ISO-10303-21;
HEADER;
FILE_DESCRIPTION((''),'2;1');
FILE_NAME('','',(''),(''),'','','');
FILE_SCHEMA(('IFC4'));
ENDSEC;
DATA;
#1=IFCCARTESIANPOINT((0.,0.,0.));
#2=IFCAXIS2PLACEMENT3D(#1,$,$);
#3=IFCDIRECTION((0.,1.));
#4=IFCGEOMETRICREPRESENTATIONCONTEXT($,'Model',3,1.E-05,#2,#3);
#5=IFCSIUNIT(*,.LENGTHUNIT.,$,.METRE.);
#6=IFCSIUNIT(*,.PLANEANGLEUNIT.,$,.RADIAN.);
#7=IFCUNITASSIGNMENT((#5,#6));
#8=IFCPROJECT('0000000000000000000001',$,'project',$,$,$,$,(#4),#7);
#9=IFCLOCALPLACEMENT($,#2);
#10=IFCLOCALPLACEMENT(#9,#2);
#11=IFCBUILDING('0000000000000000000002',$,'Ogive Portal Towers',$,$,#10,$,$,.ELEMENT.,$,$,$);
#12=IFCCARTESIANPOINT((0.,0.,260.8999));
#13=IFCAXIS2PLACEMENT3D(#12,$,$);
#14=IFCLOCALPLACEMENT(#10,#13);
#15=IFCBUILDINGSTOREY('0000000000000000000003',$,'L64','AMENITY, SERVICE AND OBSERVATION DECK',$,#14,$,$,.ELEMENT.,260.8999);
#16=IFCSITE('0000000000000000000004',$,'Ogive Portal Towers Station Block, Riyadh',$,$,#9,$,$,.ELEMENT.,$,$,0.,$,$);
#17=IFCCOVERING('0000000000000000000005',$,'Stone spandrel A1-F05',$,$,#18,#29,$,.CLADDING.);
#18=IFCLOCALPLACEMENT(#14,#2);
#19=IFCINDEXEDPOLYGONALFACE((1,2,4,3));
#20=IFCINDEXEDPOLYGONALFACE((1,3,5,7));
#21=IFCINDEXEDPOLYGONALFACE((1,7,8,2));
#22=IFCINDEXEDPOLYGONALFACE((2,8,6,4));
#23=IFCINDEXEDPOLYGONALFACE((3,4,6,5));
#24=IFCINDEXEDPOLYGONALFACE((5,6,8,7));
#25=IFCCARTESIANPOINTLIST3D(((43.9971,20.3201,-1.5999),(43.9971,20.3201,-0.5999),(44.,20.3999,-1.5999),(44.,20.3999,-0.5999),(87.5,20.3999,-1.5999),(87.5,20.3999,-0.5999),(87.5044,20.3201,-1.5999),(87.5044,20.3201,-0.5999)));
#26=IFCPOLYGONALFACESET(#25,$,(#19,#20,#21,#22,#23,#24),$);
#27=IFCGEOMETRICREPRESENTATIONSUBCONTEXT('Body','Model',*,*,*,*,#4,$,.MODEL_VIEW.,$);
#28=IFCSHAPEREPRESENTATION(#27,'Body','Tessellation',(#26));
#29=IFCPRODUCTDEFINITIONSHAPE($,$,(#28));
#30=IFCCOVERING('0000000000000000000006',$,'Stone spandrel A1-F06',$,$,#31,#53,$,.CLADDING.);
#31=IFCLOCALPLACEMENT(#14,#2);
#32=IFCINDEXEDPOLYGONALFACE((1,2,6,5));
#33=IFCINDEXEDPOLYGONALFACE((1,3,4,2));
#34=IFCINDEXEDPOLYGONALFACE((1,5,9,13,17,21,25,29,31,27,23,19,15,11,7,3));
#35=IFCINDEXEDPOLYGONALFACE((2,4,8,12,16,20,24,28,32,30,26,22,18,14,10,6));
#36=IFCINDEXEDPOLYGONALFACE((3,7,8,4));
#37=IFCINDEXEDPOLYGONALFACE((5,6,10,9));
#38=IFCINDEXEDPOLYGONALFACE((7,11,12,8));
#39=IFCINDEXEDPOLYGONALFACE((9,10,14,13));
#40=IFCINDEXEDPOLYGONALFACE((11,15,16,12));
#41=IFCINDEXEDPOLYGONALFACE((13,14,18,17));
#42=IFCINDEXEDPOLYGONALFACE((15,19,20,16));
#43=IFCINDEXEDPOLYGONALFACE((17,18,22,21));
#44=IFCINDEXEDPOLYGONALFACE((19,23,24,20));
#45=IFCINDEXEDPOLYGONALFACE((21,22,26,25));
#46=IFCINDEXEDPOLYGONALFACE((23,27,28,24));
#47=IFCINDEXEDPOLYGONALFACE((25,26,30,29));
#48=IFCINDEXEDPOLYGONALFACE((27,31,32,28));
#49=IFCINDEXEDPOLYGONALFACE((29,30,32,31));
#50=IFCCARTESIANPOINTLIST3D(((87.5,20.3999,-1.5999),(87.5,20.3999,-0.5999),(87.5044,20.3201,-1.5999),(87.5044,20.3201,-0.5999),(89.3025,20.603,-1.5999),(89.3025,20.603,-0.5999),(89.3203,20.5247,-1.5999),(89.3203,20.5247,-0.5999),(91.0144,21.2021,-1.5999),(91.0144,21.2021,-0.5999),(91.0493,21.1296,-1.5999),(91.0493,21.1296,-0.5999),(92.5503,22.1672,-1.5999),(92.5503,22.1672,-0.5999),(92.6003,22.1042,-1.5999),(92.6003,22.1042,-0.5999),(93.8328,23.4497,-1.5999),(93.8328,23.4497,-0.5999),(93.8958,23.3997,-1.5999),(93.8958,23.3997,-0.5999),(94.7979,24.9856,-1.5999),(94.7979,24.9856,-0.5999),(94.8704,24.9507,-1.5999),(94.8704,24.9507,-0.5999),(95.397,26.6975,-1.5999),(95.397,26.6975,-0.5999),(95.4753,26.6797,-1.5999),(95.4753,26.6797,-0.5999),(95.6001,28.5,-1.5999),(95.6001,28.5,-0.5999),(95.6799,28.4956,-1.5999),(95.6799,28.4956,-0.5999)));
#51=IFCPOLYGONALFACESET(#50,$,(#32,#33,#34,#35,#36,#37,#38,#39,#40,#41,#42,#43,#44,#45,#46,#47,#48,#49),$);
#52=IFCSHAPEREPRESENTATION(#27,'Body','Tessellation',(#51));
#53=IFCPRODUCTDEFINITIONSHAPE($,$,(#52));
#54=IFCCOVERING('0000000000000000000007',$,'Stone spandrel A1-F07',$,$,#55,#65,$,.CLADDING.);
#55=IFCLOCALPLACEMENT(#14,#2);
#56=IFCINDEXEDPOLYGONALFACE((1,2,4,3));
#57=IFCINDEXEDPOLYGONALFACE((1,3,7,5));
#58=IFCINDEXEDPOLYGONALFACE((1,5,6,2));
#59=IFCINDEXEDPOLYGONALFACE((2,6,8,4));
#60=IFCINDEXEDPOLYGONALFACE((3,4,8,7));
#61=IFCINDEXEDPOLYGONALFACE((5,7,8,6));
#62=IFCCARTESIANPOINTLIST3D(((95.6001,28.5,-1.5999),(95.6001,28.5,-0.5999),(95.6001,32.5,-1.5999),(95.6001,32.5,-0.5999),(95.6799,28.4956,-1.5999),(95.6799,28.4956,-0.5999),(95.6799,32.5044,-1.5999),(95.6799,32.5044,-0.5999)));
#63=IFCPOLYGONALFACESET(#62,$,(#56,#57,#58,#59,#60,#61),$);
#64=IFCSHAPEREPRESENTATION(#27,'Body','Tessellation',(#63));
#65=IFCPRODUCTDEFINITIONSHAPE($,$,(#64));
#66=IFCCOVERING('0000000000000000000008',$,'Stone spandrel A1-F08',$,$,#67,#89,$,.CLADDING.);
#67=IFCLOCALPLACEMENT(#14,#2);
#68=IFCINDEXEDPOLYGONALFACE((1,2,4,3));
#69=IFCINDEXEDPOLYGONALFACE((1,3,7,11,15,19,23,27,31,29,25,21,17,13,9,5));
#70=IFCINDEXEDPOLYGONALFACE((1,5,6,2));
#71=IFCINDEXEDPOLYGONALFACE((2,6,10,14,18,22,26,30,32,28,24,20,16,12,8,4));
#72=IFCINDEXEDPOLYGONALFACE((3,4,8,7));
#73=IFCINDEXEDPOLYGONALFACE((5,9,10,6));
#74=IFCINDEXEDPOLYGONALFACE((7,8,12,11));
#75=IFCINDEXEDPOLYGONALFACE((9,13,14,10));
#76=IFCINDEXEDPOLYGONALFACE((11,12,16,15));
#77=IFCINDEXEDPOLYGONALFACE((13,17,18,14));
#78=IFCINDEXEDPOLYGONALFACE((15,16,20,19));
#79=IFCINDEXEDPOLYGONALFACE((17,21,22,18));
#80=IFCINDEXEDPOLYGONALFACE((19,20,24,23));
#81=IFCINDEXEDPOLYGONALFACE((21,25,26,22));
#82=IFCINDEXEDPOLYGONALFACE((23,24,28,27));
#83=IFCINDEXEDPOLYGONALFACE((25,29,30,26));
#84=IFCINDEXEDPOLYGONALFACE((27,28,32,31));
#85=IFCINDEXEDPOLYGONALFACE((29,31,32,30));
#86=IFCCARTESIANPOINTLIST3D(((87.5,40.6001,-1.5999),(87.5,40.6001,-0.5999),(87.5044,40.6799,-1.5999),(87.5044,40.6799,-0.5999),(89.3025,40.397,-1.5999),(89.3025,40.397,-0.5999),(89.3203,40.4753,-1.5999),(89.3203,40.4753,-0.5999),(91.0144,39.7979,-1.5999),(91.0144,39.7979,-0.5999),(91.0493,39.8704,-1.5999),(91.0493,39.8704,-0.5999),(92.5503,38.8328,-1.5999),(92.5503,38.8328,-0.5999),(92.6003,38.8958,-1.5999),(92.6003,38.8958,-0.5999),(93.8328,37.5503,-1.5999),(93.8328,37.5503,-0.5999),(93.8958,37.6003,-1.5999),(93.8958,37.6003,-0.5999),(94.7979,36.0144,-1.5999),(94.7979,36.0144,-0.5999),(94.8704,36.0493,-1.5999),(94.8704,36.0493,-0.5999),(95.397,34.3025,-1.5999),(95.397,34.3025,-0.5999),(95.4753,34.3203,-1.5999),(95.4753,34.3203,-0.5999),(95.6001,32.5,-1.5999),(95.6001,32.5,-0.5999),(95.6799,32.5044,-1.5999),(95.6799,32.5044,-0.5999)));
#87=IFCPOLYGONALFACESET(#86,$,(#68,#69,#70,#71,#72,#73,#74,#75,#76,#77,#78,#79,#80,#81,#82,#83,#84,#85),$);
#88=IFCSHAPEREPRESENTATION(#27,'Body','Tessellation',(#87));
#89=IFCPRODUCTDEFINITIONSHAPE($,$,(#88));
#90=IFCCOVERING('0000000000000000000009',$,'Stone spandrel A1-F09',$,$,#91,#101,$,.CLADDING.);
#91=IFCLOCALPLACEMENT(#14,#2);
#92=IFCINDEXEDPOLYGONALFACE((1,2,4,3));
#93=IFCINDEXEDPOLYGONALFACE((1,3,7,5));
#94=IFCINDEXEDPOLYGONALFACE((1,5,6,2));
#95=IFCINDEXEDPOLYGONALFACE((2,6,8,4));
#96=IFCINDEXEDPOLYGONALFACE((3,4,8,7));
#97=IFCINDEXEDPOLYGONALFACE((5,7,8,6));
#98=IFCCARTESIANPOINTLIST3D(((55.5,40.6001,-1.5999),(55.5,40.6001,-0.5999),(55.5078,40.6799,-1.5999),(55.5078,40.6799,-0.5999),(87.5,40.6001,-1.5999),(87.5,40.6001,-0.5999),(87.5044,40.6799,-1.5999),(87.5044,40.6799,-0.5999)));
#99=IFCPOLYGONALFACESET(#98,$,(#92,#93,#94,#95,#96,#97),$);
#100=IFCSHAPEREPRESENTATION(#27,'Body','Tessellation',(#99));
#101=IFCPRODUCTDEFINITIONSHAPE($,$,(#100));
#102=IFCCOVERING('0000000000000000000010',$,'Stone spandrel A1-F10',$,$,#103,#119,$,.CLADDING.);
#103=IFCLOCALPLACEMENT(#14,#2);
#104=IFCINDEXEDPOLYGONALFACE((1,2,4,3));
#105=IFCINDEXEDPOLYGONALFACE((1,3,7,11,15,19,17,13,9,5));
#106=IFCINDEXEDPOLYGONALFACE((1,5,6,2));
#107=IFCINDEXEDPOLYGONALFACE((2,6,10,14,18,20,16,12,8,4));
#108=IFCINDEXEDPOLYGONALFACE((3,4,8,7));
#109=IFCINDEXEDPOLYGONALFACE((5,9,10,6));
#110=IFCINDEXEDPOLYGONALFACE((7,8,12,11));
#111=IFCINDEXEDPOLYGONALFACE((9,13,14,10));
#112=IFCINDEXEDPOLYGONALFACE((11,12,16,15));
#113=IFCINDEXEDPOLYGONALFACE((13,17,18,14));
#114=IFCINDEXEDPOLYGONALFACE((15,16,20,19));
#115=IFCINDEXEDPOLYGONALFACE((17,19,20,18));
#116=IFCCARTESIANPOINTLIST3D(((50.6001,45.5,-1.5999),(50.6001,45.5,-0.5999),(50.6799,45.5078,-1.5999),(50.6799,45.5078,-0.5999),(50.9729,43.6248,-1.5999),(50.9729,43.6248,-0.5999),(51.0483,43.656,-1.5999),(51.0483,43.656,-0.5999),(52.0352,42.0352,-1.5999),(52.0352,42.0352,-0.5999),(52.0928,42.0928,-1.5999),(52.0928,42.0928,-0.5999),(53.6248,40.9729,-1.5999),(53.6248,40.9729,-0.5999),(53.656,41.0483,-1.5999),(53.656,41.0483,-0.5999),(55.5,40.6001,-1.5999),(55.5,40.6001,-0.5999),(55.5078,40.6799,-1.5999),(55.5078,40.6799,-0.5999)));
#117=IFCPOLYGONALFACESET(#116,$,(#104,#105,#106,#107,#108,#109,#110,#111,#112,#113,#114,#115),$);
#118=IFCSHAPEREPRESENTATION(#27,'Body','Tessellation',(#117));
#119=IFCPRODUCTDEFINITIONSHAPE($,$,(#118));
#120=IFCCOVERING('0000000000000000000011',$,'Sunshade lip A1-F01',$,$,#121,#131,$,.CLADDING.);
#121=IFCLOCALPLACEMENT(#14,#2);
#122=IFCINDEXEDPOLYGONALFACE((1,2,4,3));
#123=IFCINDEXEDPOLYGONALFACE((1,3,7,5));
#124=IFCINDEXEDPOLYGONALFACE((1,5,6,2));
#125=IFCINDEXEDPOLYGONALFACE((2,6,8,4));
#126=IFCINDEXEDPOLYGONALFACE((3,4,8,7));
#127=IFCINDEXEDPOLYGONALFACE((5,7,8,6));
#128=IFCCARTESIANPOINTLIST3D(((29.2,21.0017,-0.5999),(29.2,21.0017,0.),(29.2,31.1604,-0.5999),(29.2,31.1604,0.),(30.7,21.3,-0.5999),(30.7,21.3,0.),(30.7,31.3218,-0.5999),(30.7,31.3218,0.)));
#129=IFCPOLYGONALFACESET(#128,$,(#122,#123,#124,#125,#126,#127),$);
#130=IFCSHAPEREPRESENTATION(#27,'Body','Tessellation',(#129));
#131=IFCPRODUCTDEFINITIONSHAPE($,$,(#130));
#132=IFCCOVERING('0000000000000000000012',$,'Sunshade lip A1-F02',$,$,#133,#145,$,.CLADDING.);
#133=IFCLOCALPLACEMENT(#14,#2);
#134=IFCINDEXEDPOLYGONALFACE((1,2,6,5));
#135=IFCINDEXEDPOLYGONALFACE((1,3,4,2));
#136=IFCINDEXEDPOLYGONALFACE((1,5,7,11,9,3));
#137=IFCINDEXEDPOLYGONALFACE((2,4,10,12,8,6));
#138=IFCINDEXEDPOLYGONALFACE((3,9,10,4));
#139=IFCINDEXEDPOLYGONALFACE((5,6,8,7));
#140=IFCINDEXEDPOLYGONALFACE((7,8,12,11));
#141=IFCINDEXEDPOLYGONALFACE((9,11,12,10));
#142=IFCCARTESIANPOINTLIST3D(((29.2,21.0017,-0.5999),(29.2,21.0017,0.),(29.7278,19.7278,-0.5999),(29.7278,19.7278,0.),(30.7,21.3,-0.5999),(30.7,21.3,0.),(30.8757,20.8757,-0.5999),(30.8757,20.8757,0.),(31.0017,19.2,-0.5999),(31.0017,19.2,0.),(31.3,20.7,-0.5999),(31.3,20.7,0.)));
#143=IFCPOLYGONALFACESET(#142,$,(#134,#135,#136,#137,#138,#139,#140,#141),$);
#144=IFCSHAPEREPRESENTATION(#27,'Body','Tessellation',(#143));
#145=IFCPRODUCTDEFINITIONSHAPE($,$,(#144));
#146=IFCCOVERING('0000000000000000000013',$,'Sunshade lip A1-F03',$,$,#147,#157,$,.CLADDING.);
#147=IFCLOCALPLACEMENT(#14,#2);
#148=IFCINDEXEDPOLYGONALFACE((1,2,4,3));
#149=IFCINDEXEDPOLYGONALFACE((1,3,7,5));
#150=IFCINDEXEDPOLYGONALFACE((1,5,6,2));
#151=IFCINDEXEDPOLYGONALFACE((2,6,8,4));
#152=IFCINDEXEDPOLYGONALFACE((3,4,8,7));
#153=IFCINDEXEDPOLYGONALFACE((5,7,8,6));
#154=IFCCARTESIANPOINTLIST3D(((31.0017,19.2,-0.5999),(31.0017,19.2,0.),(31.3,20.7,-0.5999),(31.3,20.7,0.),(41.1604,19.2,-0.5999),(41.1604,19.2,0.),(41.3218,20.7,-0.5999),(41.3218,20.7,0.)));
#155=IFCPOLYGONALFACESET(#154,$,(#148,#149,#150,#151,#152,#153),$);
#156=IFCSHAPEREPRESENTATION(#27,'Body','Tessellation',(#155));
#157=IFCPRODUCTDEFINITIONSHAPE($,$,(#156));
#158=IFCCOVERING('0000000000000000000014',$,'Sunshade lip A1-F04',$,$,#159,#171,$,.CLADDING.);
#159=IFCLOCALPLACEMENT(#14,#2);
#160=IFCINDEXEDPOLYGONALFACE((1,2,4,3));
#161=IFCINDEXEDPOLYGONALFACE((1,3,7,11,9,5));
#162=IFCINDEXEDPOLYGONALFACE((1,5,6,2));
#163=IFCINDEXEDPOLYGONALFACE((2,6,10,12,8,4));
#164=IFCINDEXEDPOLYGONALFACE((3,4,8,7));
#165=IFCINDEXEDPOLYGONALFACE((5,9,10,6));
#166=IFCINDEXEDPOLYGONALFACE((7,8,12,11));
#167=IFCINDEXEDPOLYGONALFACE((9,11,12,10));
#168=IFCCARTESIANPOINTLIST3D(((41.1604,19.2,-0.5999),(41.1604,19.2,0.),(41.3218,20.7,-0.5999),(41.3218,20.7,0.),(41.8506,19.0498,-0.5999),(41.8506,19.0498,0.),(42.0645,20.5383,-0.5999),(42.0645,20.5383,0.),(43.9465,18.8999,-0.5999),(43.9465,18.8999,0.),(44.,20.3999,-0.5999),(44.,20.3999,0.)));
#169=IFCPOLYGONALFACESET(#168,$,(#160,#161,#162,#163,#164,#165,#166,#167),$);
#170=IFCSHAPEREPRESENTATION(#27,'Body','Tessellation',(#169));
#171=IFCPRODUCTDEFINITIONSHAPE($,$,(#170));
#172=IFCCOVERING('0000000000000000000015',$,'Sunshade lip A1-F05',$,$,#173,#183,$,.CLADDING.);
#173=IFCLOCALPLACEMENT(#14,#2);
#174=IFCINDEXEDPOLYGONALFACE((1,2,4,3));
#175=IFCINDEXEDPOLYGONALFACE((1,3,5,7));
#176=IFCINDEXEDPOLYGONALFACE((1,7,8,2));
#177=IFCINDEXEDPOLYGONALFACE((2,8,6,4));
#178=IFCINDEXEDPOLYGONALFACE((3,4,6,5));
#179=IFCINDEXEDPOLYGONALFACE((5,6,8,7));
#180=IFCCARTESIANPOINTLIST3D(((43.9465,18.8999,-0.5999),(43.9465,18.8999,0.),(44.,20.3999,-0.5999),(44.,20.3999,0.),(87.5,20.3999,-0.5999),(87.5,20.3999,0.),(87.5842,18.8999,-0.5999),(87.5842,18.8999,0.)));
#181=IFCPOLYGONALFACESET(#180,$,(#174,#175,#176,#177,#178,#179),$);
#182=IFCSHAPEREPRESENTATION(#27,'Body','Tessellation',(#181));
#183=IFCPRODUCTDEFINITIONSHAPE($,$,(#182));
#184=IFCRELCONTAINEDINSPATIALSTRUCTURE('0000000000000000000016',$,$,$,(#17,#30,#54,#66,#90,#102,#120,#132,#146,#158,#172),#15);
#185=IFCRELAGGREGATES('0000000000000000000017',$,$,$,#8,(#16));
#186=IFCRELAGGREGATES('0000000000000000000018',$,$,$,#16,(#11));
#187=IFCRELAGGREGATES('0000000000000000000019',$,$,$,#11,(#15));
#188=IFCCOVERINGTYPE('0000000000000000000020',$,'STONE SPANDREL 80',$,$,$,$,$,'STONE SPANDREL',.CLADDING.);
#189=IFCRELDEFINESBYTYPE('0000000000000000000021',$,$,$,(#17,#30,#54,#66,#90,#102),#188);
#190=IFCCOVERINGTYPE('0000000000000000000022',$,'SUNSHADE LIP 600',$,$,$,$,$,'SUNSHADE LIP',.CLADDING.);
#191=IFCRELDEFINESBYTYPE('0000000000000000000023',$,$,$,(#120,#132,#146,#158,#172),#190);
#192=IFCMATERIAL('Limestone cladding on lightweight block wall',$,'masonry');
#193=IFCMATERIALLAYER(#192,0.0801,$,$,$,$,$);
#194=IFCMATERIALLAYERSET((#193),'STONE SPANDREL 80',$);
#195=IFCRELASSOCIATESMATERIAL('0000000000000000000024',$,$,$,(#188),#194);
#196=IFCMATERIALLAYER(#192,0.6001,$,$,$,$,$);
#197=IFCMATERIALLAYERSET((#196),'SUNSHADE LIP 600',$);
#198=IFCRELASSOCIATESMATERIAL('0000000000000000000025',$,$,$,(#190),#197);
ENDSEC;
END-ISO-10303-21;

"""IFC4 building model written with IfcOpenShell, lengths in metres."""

from ifc_helpers import new_model, si_unit, direction, frame, origin, place, context, subcontext, project, spatial, polyline, outline, extrude, material, layer, layer_set, type_object, element, save


model = new_model("IFC4")

# Units and contexts
model_context = context("Model", 3, precision=1e-05, world=origin(), true_north=direction((0.0, 1.0)))
body_context = subcontext(model_context, "Body", "Model", "MODEL_VIEW")
ifc_project = project(units=[si_unit("LENGTHUNIT", "METRE"), si_unit("PLANEANGLEUNIT", "RADIAN")], contexts=[model_context])

# Site, building, storey
site_placement = place(None, origin())
site = spatial("IfcSite", under=ifc_project, at=site_placement, Name="Ogive Portal Towers Station Block, Riyadh", CompositionType="ELEMENT", RefElevation=0.0)
building_placement = place(site_placement, origin())
building = spatial("IfcBuilding", under=site, at=building_placement, Name="Ogive Portal Towers", CompositionType="ELEMENT")
storey_placement = place(building_placement, frame((0.0, 0.0, 260.8999)))
storey = spatial("IfcBuildingStorey", under=building, at=storey_placement, Name="L64", Description="AMENITY, SERVICE AND OBSERVATION DECK", CompositionType="ELEMENT", Elevation=260.8999)

# Coverings
ifc_material_1 = material(Name="Limestone cladding on lightweight block wall", Category="masonry")
ifc_layer_1 = layer(ifc_material_1, 0.0801)
ifc_layer_set_1 = layer_set([ifc_layer_1], Name="STONE SPANDREL 80")
covering_type_1 = type_object("IfcCoveringType", Name="STONE SPANDREL 80", ElementType="STONE SPANDREL", PredefinedType="CLADDING", material=ifc_layer_set_1)
covering_1_placement = place(storey_placement, frame((0.0, 0.0, -1.5999)))
element("IfcCovering", 1, at=covering_1_placement, inside=storey, type_object=covering_type_1, Name="Stone spandrel A1-F05", PredefinedType="CLADDING", context=body_context, shape_type="SweptSolid", body=[
    extrude(outline(polyline([(44.0, 20.3999), (87.5, 20.3999), (87.5044, 20.3201), (43.9971, 20.3201), (44.0, 20.3999)])), origin(), (0.0, 0.0, 1.0), 1.0),
])
covering_2_placement = place(storey_placement, frame((0.0, 0.0, -1.5999)))
element("IfcCovering", 2, at=covering_2_placement, inside=storey, type_object=covering_type_1, Name="Stone spandrel A1-F06", PredefinedType="CLADDING", context=body_context, shape_type="SweptSolid", body=[
    extrude(outline(polyline([(87.5, 20.3999), (89.3025, 20.603), (91.0144, 21.2021), (92.5503, 22.1672), (93.8328, 23.4497), (94.7979, 24.9856), (95.397, 26.6975), (95.6001, 28.5), (95.6799, 28.4956), (95.4753, 26.6797), (94.8704, 24.9507), (93.8958, 23.3997), (92.6003, 22.1042), (91.0493, 21.1296), (89.3203, 20.5247), (87.5044, 20.3201), (87.5, 20.3999)])), origin(), (0.0, 0.0, 1.0), 1.0),
])
covering_3_placement = place(storey_placement, frame((0.0, 0.0, -1.5999)))
element("IfcCovering", 3, at=covering_3_placement, inside=storey, type_object=covering_type_1, Name="Stone spandrel A1-F07", PredefinedType="CLADDING", context=body_context, shape_type="SweptSolid", body=[
    extrude(outline(polyline([(95.6001, 28.5), (95.6001, 32.5), (95.6799, 32.5044), (95.6799, 28.4956), (95.6001, 28.5)])), origin(), (0.0, 0.0, 1.0), 1.0),
])
covering_4_placement = place(storey_placement, frame((0.0, 0.0, -1.5999)))
element("IfcCovering", 4, at=covering_4_placement, inside=storey, type_object=covering_type_1, Name="Stone spandrel A1-F08", PredefinedType="CLADDING", context=body_context, shape_type="SweptSolid", body=[
    extrude(outline(polyline([(95.6001, 32.5), (95.397, 34.3025), (94.7979, 36.0144), (93.8328, 37.5503), (92.5503, 38.8328), (91.0144, 39.7979), (89.3025, 40.397), (87.5, 40.6001), (87.5044, 40.6799), (89.3203, 40.4753), (91.0493, 39.8704), (92.6003, 38.8958), (93.8958, 37.6003), (94.8704, 36.0493), (95.4753, 34.3203), (95.6799, 32.5044), (95.6001, 32.5)])), origin(), (0.0, 0.0, 1.0), 1.0),
])
covering_5_placement = place(storey_placement, frame((0.0, 0.0, -1.5999)))
element("IfcCovering", 5, at=covering_5_placement, inside=storey, type_object=covering_type_1, Name="Stone spandrel A1-F09", PredefinedType="CLADDING", context=body_context, shape_type="SweptSolid", body=[
    extrude(outline(polyline([(87.5, 40.6001), (55.5, 40.6001), (55.5078, 40.6799), (87.5044, 40.6799), (87.5, 40.6001)])), origin(), (0.0, 0.0, 1.0), 1.0),
])
covering_6_placement = place(storey_placement, frame((0.0, 0.0, -1.5999)))
element("IfcCovering", 6, at=covering_6_placement, inside=storey, type_object=covering_type_1, Name="Stone spandrel A1-F10", PredefinedType="CLADDING", context=body_context, shape_type="SweptSolid", body=[
    extrude(outline(polyline([(55.5, 40.6001), (53.6248, 40.9729), (52.0352, 42.0352), (50.9729, 43.6248), (50.6001, 45.5), (50.6799, 45.5078), (51.0483, 43.656), (52.0928, 42.0928), (53.656, 41.0483), (55.5078, 40.6799), (55.5, 40.6001)])), origin(), (0.0, 0.0, 1.0), 1.0),
])
ifc_layer_2 = layer(ifc_material_1, 0.6001)
ifc_layer_set_2 = layer_set([ifc_layer_2], Name="SUNSHADE LIP 600")
covering_type_2 = type_object("IfcCoveringType", Name="SUNSHADE LIP 600", ElementType="SUNSHADE LIP", PredefinedType="CLADDING", material=ifc_layer_set_2)
covering_7_placement = place(storey_placement, frame((0.0, 0.0, -0.5999)))
element("IfcCovering", 7, at=covering_7_placement, inside=storey, type_object=covering_type_2, Name="Sunshade lip A1-F01", PredefinedType="CLADDING", context=body_context, shape_type="SweptSolid", body=[
    extrude(outline(polyline([(30.7, 31.3218), (30.7, 21.3), (29.2, 21.0017), (29.2, 31.1604), (30.7, 31.3218)])), origin(), (0.0, 0.0, 1.0), 0.5999),
])
covering_8_placement = place(storey_placement, frame((0.0, 0.0, -0.5999)))
element("IfcCovering", 8, at=covering_8_placement, inside=storey, type_object=covering_type_2, Name="Sunshade lip A1-F02", PredefinedType="CLADDING", context=body_context, shape_type="SweptSolid", body=[
    extrude(outline(polyline([(30.7, 21.3), (30.8757, 20.8757), (31.3, 20.7), (31.0017, 19.2), (29.7278, 19.7278), (29.2, 21.0017), (30.7, 21.3)])), origin(), (0.0, 0.0, 1.0), 0.5999),
])
covering_9_placement = place(storey_placement, frame((0.0, 0.0, -0.5999)))
element("IfcCovering", 9, at=covering_9_placement, inside=storey, type_object=covering_type_2, Name="Sunshade lip A1-F03", PredefinedType="CLADDING", context=body_context, shape_type="SweptSolid", body=[
    extrude(outline(polyline([(31.3, 20.7), (41.3218, 20.7), (41.1604, 19.2), (31.0017, 19.2), (31.3, 20.7)])), origin(), (0.0, 0.0, 1.0), 0.5999),
])
covering_10_placement = place(storey_placement, frame((0.0, 0.0, -0.5999)))
element("IfcCovering", 10, at=covering_10_placement, inside=storey, type_object=covering_type_2, Name="Sunshade lip A1-F04", PredefinedType="CLADDING", context=body_context, shape_type="SweptSolid", body=[
    extrude(outline(polyline([(41.3218, 20.7), (42.0645, 20.5383), (44.0, 20.3999), (43.9465, 18.8999), (41.8506, 19.0498), (41.1604, 19.2), (41.3218, 20.7)])), origin(), (0.0, 0.0, 1.0), 0.5999),
])
covering_11_placement = place(storey_placement, frame((0.0, 0.0, -0.5999)))
element("IfcCovering", 11, at=covering_11_placement, inside=storey, type_object=covering_type_2, Name="Sunshade lip A1-F05", PredefinedType="CLADDING", context=body_context, shape_type="SweptSolid", body=[
    extrude(outline(polyline([(44.0, 20.3999), (87.5, 20.3999), (87.5842, 18.8999), (43.9465, 18.8999), (44.0, 20.3999)])), origin(), (0.0, 0.0, 1.0), 0.5999),
])

save(model, "model.ifc")
